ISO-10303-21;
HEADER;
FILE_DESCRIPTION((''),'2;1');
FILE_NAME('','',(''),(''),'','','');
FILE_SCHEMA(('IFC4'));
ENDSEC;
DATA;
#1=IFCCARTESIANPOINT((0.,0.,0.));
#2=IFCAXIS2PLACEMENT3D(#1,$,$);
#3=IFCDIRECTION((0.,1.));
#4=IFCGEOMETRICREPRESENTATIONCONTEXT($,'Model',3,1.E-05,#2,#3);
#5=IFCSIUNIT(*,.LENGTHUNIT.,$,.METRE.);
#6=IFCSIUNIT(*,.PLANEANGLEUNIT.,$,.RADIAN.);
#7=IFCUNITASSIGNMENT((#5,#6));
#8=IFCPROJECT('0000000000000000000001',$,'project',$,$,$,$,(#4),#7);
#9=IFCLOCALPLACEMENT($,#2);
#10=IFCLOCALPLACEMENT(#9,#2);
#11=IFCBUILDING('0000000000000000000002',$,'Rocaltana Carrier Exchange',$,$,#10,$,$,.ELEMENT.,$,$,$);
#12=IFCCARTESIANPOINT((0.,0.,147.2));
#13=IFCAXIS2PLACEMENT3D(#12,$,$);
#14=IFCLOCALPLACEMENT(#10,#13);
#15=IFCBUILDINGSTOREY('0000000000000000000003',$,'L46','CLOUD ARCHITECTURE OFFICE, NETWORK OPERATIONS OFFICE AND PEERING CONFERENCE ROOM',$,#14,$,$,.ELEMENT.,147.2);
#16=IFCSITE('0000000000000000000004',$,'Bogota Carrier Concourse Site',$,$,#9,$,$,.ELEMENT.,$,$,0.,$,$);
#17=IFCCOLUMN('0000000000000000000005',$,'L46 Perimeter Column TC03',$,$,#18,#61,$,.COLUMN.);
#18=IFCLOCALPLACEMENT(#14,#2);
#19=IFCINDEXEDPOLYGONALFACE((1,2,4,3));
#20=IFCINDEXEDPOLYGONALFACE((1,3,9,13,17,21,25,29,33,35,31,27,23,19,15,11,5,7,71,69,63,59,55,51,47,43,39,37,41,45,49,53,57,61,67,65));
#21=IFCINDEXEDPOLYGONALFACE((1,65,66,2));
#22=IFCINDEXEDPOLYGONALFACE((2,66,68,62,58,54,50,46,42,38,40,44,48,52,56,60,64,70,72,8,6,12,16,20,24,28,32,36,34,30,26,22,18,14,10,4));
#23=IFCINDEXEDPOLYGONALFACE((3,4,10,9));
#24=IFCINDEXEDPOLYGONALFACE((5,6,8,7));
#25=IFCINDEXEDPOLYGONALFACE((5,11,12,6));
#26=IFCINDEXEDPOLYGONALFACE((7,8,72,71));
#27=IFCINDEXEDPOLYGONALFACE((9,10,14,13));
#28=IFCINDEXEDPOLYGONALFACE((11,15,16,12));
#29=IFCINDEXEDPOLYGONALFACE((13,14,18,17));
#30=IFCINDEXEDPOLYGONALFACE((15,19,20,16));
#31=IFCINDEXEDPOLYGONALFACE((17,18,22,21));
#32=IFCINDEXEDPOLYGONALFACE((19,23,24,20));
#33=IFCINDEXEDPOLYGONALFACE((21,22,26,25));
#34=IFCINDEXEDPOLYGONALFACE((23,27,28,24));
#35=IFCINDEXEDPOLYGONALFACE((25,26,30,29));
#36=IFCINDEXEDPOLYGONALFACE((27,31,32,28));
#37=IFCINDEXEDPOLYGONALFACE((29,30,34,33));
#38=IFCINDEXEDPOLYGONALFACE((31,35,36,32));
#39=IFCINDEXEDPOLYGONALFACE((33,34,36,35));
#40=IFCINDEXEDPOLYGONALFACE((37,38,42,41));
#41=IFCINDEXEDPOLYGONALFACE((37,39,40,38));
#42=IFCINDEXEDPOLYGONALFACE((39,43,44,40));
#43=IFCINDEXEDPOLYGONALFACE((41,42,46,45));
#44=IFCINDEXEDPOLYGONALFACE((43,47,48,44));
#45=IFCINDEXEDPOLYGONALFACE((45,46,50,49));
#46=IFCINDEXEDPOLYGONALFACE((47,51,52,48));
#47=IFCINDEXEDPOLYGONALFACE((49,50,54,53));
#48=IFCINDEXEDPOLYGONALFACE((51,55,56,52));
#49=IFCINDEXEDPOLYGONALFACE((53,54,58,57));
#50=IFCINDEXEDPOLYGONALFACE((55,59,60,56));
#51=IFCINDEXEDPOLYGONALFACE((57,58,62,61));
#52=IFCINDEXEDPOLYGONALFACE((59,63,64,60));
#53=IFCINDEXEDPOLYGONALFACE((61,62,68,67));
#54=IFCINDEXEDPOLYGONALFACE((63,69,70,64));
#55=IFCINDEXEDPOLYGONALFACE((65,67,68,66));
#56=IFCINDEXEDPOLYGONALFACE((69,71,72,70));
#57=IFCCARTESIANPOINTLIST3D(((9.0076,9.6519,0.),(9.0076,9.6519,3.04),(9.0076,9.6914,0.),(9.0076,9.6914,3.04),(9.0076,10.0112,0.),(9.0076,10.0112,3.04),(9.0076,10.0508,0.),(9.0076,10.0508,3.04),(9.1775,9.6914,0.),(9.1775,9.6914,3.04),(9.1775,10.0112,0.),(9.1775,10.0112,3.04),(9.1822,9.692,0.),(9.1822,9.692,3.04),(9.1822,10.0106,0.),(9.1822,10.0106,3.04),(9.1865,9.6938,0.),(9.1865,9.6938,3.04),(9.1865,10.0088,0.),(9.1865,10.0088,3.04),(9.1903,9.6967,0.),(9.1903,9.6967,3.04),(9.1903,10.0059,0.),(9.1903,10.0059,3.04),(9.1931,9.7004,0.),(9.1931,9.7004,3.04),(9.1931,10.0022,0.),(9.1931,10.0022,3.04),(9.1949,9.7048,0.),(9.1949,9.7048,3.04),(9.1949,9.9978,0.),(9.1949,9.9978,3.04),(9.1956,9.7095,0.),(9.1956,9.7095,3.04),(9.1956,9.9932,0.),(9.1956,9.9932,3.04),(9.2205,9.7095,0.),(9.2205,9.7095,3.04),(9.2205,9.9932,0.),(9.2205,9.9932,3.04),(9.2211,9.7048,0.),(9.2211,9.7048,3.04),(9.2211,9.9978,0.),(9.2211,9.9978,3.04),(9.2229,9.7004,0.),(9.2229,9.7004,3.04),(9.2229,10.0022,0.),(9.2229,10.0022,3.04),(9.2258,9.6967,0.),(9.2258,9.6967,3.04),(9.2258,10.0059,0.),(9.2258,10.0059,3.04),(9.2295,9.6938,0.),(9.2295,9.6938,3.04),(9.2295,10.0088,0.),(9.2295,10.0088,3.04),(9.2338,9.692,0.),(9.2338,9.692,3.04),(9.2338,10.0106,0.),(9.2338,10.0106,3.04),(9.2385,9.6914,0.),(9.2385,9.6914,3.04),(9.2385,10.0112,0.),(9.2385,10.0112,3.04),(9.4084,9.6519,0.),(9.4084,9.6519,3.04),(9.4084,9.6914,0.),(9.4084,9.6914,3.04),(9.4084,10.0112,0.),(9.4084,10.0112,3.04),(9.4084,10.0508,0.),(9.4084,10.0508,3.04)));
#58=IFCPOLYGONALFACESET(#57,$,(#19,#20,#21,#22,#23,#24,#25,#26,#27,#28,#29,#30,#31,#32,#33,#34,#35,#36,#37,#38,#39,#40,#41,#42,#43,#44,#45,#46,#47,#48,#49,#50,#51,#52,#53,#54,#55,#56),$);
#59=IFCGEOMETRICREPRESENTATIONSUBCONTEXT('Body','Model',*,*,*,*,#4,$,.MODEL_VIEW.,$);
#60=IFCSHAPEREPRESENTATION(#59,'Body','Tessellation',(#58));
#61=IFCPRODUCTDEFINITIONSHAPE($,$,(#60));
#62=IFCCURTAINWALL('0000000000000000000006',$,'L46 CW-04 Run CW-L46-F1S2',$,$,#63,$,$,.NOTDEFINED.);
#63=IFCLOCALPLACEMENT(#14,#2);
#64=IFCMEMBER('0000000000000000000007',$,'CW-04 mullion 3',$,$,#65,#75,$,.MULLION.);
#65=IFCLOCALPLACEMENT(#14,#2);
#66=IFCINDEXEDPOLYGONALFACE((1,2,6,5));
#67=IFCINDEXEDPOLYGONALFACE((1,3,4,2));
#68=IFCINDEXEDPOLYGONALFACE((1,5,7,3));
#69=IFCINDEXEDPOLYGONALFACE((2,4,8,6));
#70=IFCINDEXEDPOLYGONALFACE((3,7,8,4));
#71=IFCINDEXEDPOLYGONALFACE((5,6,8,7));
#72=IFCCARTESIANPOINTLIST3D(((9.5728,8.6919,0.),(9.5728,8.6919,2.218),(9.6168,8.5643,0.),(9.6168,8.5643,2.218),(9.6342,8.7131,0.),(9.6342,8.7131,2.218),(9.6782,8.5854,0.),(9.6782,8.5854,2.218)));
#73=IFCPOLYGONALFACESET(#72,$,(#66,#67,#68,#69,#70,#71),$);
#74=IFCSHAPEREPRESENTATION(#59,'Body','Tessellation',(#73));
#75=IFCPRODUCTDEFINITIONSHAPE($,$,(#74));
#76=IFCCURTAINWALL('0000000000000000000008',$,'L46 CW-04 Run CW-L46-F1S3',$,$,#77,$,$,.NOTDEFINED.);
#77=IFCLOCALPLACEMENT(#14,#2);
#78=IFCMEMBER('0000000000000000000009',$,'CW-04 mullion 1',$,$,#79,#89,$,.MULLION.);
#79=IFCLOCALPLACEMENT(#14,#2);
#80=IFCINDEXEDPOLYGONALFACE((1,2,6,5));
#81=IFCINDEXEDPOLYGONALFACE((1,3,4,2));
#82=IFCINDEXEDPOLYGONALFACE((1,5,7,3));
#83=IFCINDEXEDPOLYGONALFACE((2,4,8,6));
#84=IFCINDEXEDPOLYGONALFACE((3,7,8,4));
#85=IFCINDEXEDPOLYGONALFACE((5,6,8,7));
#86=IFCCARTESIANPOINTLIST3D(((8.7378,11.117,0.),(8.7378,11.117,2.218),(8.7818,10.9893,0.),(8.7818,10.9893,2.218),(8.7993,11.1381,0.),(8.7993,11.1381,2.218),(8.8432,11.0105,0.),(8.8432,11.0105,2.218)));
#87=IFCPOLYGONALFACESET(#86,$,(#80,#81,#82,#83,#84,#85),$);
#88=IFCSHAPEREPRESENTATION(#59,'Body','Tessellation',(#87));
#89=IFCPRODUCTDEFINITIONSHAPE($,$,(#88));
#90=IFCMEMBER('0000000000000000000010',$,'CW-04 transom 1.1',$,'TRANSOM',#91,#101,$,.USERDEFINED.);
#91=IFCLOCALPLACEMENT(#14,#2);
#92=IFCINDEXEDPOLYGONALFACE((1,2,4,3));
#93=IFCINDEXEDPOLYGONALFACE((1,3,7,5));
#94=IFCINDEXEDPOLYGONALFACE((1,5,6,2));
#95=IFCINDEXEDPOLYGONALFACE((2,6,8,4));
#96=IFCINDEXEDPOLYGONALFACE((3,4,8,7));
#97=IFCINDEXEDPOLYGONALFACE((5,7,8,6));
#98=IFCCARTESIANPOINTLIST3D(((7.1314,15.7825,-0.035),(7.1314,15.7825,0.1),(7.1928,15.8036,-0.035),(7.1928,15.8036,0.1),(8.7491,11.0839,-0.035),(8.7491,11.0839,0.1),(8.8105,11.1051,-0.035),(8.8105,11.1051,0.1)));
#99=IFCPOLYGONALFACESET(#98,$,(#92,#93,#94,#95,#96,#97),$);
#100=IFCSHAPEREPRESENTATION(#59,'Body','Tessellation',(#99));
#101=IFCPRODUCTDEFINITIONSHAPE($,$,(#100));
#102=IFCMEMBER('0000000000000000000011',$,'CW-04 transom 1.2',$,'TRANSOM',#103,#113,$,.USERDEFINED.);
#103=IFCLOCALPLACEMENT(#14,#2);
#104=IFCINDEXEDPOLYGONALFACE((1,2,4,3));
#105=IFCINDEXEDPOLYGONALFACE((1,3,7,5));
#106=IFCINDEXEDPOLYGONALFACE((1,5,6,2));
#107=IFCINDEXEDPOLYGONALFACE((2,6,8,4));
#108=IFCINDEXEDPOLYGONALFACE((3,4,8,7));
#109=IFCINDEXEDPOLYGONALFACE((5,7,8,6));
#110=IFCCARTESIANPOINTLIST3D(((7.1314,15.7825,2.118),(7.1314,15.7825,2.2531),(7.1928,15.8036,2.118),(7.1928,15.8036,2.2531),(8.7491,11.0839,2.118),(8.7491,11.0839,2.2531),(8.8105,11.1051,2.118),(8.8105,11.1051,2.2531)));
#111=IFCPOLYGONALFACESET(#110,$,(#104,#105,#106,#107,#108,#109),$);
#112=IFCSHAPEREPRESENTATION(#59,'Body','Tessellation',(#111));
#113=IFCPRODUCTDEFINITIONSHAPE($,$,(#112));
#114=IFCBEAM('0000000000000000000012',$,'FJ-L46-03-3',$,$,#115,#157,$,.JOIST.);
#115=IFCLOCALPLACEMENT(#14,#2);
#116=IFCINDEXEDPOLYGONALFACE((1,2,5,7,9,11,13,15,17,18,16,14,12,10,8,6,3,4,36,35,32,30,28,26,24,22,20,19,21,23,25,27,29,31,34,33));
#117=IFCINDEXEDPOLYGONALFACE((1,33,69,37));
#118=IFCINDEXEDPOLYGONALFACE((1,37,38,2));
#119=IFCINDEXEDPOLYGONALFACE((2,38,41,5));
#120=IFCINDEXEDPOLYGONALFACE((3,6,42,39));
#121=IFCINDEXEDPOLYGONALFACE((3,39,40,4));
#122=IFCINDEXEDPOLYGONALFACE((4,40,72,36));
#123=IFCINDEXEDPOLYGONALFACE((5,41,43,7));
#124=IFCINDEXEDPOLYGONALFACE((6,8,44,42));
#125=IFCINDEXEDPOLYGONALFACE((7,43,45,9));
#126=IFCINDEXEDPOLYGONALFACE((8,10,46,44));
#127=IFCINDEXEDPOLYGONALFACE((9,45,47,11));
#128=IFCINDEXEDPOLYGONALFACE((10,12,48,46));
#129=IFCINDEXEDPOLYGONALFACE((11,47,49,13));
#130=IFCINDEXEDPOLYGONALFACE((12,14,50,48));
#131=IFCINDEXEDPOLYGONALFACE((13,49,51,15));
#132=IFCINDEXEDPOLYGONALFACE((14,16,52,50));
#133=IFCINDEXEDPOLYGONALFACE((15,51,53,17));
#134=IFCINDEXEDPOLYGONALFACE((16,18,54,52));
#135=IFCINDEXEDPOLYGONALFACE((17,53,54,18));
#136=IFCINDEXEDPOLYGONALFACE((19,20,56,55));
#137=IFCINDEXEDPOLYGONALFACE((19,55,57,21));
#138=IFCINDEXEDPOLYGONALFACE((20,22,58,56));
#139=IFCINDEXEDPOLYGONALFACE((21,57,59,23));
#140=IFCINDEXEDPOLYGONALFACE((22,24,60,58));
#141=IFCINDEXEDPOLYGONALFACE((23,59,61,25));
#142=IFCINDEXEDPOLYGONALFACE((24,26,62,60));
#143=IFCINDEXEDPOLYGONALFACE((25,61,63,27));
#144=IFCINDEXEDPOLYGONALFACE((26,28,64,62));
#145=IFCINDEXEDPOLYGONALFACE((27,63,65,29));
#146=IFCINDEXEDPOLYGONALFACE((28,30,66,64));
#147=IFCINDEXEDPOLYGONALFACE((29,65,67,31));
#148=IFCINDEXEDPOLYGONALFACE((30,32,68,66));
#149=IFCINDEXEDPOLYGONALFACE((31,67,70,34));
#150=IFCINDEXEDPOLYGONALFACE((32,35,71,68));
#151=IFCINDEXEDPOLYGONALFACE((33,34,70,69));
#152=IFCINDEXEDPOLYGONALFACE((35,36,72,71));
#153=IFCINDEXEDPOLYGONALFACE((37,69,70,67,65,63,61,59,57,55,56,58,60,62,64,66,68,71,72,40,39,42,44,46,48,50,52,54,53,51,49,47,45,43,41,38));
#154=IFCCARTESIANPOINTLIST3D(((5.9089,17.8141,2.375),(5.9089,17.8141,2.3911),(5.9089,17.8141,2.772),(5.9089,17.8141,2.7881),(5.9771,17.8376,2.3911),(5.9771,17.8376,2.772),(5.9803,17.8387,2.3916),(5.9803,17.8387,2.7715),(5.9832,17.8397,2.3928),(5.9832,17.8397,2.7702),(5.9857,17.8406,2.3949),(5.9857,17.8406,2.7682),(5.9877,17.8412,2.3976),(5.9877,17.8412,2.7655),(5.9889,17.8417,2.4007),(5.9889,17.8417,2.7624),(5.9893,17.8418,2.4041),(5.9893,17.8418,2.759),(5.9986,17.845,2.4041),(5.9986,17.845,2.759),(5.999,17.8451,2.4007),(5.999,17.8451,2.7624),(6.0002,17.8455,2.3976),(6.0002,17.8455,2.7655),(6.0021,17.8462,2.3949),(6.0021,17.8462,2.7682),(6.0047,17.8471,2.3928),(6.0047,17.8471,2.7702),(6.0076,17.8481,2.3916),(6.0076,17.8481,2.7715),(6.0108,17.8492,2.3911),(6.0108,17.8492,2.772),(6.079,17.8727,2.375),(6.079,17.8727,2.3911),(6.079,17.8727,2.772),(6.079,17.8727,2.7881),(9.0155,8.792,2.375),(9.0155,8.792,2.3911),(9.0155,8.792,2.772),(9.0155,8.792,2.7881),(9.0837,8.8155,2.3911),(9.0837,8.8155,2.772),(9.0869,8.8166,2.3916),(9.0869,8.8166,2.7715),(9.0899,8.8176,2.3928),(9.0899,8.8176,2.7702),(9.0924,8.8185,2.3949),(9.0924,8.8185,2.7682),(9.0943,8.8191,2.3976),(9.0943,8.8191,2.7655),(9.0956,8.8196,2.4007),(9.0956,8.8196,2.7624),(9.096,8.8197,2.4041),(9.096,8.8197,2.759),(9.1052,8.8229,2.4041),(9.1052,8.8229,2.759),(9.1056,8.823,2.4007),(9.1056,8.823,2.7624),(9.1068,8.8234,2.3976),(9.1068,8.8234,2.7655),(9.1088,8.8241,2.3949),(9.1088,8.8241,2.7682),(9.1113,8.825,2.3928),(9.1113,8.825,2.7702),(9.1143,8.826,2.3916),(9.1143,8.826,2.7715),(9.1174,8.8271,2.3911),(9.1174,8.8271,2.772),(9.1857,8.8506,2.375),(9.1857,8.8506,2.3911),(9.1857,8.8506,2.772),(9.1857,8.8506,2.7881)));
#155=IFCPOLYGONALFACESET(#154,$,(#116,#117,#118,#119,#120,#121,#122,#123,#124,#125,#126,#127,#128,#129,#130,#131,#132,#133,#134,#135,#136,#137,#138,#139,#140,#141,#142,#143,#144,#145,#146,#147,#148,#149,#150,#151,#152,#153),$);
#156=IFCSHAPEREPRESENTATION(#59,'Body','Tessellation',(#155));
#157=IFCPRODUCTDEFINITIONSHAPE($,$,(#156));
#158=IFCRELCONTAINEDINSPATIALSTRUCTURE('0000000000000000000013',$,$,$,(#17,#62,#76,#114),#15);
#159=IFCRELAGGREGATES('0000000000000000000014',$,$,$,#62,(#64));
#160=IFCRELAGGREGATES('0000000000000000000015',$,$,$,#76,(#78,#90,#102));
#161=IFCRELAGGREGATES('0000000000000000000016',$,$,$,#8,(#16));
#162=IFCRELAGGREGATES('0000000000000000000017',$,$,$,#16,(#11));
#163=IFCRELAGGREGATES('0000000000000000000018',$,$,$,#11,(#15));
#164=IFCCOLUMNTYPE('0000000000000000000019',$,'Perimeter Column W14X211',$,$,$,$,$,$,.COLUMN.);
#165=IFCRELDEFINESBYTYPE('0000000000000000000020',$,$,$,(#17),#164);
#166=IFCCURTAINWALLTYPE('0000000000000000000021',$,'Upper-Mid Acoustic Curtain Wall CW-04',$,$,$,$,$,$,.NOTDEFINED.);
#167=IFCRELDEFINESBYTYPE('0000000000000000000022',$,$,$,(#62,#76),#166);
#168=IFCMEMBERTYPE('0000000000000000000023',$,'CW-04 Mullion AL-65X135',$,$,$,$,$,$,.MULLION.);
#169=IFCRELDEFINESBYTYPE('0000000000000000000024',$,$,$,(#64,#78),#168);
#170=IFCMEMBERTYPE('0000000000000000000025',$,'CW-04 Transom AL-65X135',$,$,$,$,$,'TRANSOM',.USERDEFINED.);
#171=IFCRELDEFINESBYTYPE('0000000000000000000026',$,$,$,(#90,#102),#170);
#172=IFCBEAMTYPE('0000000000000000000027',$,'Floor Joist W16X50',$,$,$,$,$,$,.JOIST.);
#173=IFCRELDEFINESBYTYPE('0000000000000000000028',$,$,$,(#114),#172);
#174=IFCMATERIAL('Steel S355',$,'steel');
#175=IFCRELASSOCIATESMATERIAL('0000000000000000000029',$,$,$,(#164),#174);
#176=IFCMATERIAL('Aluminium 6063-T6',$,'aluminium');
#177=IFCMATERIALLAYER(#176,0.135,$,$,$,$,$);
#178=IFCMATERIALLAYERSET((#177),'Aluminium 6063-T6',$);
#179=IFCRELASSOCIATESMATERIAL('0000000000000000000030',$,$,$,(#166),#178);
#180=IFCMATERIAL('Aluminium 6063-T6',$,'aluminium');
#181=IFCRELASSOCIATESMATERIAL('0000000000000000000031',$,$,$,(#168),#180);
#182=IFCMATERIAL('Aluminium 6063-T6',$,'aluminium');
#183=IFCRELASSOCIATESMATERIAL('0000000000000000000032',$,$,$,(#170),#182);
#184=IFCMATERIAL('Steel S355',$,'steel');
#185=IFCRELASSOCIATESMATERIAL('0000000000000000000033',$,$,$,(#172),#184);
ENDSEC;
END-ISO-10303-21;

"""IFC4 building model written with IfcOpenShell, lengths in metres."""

from ifc_helpers import new_model, si_unit, direction, frame, origin, origin_2d, place, context, subcontext, project, spatial, rectangle, i_section, extrude, material, layer, layer_set, material_profile, profile_set, type_object, element, aggregate, save


model = new_model("IFC4")

# Units and contexts
model_context = context("Model", 3, precision=1e-05, world=origin(), true_north=direction((0.0, 1.0)))
body_context = subcontext(model_context, "Body", "Model", "MODEL_VIEW")
ifc_project = project(units=[si_unit("LENGTHUNIT", "METRE"), si_unit("PLANEANGLEUNIT", "RADIAN")], contexts=[model_context])

# Site, building, storey
site_placement = place(None, origin())
site = spatial("IfcSite", under=ifc_project, at=site_placement, Name="Bogota Carrier Concourse Site", CompositionType="ELEMENT", RefElevation=0.0)
building_placement = place(site_placement, origin())
building = spatial("IfcBuilding", under=site, at=building_placement, Name="Rocaltana Carrier Exchange", CompositionType="ELEMENT")
storey_placement = place(building_placement, frame((0.0, 0.0, 147.2)))
storey = spatial("IfcBuildingStorey", under=building, at=storey_placement, Name="L46", Description="CLOUD ARCHITECTURE OFFICE, NETWORK OPERATIONS OFFICE AND PEERING CONFERENCE ROOM", CompositionType="ELEMENT", Elevation=147.2)

# Column
ifc_material_1 = material(Name="Steel S355", Category="steel")
ifc_material_profile_1 = material_profile(ifc_material_1, i_section(OverallWidth=0.4009, OverallDepth=0.3989, WebThickness=0.0249, FlangeThickness=0.0396, FilletRadius=0.0181, at=origin_2d()), Name="W14X211")
ifc_profile_set_1 = profile_set([ifc_material_profile_1], Name="Steel S355")
column_type = type_object("IfcColumnType", Name="Perimeter Column W14X211", PredefinedType="COLUMN", material=ifc_profile_set_1)
column_placement = place(storey_placement, frame((9.208, 9.8513, 0.0), z_axis=(0.0, 0.0, 1.0), x_axis=(1.0, 0.0, 0.0)))
element("IfcColumn", 1, at=column_placement, inside=storey, type_object=column_type, Name="L46 Perimeter Column TC03", PredefinedType="COLUMN", context=body_context, shape_type="SweptSolid", body=[
    extrude(i_section(OverallWidth=0.4009, OverallDepth=0.3989, WebThickness=0.0249, FlangeThickness=0.0396, FilletRadius=0.0181, at=origin_2d()), origin(), (0.0, 0.0, 1.0), 3.04),
])

# Curtain wall, member
ifc_material_2 = material(Name="Aluminium 6063-T6", Category="aluminium")
ifc_layer_1 = layer(ifc_material_2, 0.135)
ifc_layer_set_1 = layer_set([ifc_layer_1], Name="Aluminium 6063-T6")
curtain_wall_type = type_object("IfcCurtainWallType", Name="Upper-Mid Acoustic Curtain Wall CW-04", PredefinedType="NOTDEFINED", material=ifc_layer_set_1)
curtain_wall_1_placement = place(storey_placement, origin())
curtain_wall_1 = element("IfcCurtainWall", 2, at=curtain_wall_1_placement, inside=storey, type_object=curtain_wall_type, Name="L46 CW-04 Run CW-L46-F1S2", PredefinedType="NOTDEFINED")
ifc_material_3 = material(Name="Aluminium 6063-T6", Category="aluminium")
ifc_material_profile_2 = material_profile(ifc_material_3, rectangle(XDim=0.0649, YDim=0.135, at=origin_2d()), Name="AL-65X135")
ifc_profile_set_2 = profile_set([ifc_material_profile_2], Name="Aluminium 6063-T6")
member_type_1 = type_object("IfcMemberType", Name="CW-04 Mullion AL-65X135", PredefinedType="MULLION", material=ifc_profile_set_2)
member_1_placement = place(storey_placement, frame((9.6255, 8.6387, 0.0), z_axis=(0.0, 0.0, 1.0), x_axis=(-0.945521, -0.325562, 0.0)))
member_1 = element("IfcMember", 3, at=member_1_placement, type_object=member_type_1, Name="CW-04 mullion 3", PredefinedType="MULLION", context=body_context, shape_type="SweptSolid", body=[
    extrude(rectangle(XDim=0.0649, YDim=0.135, at=origin_2d()), origin(), (0.0, 0.0, 1.0), 2.218),
])

# Curtain wall, members
curtain_wall_2_placement = place(storey_placement, origin())
curtain_wall_2 = element("IfcCurtainWall", 4, at=curtain_wall_2_placement, inside=storey, type_object=curtain_wall_type, Name="L46 CW-04 Run CW-L46-F1S3", PredefinedType="NOTDEFINED")
member_2_placement = place(storey_placement, frame((8.7905, 11.0637, 0.0), z_axis=(0.0, 0.0, 1.0), x_axis=(-0.945522, -0.325559, 0.0)))
member_2 = element("IfcMember", 5, at=member_2_placement, type_object=member_type_1, Name="CW-04 mullion 1", PredefinedType="MULLION", context=body_context, shape_type="SweptSolid", body=[
    extrude(rectangle(XDim=0.0649, YDim=0.135, at=origin_2d()), origin(), (0.0, 0.0, 1.0), 2.218),
])
ifc_material_4 = material(Name="Aluminium 6063-T6", Category="aluminium")
ifc_material_profile_3 = material_profile(ifc_material_4, rectangle(XDim=0.0649, YDim=0.135, at=origin_2d()), Name="AL-65X135")
ifc_profile_set_3 = profile_set([ifc_material_profile_3], Name="Aluminium 6063-T6")
member_type_2 = type_object("IfcMemberType", Name="CW-04 Transom AL-65X135", ElementType="TRANSOM", PredefinedType="USERDEFINED", material=ifc_profile_set_3)
member_3_placement = place(storey_placement, frame((8.7798, 11.0945, 0.0325), z_axis=(-0.325542, 0.945527, 0.0), x_axis=(-0.945527, -0.325542, 0.0)))
member_3 = element("IfcMember", 6, at=member_3_placement, type_object=member_type_2, Name="CW-04 transom 1.1", ObjectType="TRANSOM", PredefinedType="USERDEFINED", context=body_context, shape_type="SweptSolid", body=[
    extrude(rectangle(XDim=0.0649, YDim=0.135, at=origin_2d()), origin(), (0.0, 0.0, 1.0), 4.9692),
])
member_4_placement = place(storey_placement, frame((8.7798, 11.0945, 2.1855), z_axis=(-0.325542, 0.945527, 0.0), x_axis=(-0.945527, -0.325542, 0.0)))
member_4 = element("IfcMember", 7, at=member_4_placement, type_object=member_type_2, Name="CW-04 transom 1.2", ObjectType="TRANSOM", PredefinedType="USERDEFINED", context=body_context, shape_type="SweptSolid", body=[
    extrude(rectangle(XDim=0.0649, YDim=0.135, at=origin_2d()), origin(), (0.0, 0.0, 1.0), 4.9692),
])

# Beam
ifc_material_5 = material(Name="Steel S355", Category="steel")
ifc_material_profile_4 = material_profile(ifc_material_5, i_section(OverallWidth=0.1799, OverallDepth=0.4131, WebThickness=0.0098, FlangeThickness=0.0161, FilletRadius=0.0129, at=origin_2d()), Name="W16X50")
ifc_profile_set_4 = profile_set([ifc_material_profile_4], Name="Steel S355")
beam_type_1 = type_object("IfcBeamType", Name="Floor Joist W16X50", PredefinedType="JOIST", material=ifc_profile_set_4)
beam_1_placement = place(storey_placement, frame((9.1006, 8.8213, 2.5815), z_axis=(-0.325577, 0.945516, 0.0), x_axis=(-0.945516, -0.325577, 0.0)))
element("IfcBeam", 8, at=beam_1_placement, inside=storey, type_object=beam_type_1, Name="FJ-L46-03-3", PredefinedType="JOIST", context=body_context, shape_type="SweptSolid", body=[
    extrude(i_section(OverallWidth=0.1799, OverallDepth=0.4131, WebThickness=0.0098, FlangeThickness=0.0161, FilletRadius=0.0129, at=origin_2d()), origin(), (0.0, 0.0, 1.0), 9.542),
])

aggregate(curtain_wall_1, [member_1])
aggregate(curtain_wall_2, [member_2, member_3, member_4])

save(model, "model.ifc")
